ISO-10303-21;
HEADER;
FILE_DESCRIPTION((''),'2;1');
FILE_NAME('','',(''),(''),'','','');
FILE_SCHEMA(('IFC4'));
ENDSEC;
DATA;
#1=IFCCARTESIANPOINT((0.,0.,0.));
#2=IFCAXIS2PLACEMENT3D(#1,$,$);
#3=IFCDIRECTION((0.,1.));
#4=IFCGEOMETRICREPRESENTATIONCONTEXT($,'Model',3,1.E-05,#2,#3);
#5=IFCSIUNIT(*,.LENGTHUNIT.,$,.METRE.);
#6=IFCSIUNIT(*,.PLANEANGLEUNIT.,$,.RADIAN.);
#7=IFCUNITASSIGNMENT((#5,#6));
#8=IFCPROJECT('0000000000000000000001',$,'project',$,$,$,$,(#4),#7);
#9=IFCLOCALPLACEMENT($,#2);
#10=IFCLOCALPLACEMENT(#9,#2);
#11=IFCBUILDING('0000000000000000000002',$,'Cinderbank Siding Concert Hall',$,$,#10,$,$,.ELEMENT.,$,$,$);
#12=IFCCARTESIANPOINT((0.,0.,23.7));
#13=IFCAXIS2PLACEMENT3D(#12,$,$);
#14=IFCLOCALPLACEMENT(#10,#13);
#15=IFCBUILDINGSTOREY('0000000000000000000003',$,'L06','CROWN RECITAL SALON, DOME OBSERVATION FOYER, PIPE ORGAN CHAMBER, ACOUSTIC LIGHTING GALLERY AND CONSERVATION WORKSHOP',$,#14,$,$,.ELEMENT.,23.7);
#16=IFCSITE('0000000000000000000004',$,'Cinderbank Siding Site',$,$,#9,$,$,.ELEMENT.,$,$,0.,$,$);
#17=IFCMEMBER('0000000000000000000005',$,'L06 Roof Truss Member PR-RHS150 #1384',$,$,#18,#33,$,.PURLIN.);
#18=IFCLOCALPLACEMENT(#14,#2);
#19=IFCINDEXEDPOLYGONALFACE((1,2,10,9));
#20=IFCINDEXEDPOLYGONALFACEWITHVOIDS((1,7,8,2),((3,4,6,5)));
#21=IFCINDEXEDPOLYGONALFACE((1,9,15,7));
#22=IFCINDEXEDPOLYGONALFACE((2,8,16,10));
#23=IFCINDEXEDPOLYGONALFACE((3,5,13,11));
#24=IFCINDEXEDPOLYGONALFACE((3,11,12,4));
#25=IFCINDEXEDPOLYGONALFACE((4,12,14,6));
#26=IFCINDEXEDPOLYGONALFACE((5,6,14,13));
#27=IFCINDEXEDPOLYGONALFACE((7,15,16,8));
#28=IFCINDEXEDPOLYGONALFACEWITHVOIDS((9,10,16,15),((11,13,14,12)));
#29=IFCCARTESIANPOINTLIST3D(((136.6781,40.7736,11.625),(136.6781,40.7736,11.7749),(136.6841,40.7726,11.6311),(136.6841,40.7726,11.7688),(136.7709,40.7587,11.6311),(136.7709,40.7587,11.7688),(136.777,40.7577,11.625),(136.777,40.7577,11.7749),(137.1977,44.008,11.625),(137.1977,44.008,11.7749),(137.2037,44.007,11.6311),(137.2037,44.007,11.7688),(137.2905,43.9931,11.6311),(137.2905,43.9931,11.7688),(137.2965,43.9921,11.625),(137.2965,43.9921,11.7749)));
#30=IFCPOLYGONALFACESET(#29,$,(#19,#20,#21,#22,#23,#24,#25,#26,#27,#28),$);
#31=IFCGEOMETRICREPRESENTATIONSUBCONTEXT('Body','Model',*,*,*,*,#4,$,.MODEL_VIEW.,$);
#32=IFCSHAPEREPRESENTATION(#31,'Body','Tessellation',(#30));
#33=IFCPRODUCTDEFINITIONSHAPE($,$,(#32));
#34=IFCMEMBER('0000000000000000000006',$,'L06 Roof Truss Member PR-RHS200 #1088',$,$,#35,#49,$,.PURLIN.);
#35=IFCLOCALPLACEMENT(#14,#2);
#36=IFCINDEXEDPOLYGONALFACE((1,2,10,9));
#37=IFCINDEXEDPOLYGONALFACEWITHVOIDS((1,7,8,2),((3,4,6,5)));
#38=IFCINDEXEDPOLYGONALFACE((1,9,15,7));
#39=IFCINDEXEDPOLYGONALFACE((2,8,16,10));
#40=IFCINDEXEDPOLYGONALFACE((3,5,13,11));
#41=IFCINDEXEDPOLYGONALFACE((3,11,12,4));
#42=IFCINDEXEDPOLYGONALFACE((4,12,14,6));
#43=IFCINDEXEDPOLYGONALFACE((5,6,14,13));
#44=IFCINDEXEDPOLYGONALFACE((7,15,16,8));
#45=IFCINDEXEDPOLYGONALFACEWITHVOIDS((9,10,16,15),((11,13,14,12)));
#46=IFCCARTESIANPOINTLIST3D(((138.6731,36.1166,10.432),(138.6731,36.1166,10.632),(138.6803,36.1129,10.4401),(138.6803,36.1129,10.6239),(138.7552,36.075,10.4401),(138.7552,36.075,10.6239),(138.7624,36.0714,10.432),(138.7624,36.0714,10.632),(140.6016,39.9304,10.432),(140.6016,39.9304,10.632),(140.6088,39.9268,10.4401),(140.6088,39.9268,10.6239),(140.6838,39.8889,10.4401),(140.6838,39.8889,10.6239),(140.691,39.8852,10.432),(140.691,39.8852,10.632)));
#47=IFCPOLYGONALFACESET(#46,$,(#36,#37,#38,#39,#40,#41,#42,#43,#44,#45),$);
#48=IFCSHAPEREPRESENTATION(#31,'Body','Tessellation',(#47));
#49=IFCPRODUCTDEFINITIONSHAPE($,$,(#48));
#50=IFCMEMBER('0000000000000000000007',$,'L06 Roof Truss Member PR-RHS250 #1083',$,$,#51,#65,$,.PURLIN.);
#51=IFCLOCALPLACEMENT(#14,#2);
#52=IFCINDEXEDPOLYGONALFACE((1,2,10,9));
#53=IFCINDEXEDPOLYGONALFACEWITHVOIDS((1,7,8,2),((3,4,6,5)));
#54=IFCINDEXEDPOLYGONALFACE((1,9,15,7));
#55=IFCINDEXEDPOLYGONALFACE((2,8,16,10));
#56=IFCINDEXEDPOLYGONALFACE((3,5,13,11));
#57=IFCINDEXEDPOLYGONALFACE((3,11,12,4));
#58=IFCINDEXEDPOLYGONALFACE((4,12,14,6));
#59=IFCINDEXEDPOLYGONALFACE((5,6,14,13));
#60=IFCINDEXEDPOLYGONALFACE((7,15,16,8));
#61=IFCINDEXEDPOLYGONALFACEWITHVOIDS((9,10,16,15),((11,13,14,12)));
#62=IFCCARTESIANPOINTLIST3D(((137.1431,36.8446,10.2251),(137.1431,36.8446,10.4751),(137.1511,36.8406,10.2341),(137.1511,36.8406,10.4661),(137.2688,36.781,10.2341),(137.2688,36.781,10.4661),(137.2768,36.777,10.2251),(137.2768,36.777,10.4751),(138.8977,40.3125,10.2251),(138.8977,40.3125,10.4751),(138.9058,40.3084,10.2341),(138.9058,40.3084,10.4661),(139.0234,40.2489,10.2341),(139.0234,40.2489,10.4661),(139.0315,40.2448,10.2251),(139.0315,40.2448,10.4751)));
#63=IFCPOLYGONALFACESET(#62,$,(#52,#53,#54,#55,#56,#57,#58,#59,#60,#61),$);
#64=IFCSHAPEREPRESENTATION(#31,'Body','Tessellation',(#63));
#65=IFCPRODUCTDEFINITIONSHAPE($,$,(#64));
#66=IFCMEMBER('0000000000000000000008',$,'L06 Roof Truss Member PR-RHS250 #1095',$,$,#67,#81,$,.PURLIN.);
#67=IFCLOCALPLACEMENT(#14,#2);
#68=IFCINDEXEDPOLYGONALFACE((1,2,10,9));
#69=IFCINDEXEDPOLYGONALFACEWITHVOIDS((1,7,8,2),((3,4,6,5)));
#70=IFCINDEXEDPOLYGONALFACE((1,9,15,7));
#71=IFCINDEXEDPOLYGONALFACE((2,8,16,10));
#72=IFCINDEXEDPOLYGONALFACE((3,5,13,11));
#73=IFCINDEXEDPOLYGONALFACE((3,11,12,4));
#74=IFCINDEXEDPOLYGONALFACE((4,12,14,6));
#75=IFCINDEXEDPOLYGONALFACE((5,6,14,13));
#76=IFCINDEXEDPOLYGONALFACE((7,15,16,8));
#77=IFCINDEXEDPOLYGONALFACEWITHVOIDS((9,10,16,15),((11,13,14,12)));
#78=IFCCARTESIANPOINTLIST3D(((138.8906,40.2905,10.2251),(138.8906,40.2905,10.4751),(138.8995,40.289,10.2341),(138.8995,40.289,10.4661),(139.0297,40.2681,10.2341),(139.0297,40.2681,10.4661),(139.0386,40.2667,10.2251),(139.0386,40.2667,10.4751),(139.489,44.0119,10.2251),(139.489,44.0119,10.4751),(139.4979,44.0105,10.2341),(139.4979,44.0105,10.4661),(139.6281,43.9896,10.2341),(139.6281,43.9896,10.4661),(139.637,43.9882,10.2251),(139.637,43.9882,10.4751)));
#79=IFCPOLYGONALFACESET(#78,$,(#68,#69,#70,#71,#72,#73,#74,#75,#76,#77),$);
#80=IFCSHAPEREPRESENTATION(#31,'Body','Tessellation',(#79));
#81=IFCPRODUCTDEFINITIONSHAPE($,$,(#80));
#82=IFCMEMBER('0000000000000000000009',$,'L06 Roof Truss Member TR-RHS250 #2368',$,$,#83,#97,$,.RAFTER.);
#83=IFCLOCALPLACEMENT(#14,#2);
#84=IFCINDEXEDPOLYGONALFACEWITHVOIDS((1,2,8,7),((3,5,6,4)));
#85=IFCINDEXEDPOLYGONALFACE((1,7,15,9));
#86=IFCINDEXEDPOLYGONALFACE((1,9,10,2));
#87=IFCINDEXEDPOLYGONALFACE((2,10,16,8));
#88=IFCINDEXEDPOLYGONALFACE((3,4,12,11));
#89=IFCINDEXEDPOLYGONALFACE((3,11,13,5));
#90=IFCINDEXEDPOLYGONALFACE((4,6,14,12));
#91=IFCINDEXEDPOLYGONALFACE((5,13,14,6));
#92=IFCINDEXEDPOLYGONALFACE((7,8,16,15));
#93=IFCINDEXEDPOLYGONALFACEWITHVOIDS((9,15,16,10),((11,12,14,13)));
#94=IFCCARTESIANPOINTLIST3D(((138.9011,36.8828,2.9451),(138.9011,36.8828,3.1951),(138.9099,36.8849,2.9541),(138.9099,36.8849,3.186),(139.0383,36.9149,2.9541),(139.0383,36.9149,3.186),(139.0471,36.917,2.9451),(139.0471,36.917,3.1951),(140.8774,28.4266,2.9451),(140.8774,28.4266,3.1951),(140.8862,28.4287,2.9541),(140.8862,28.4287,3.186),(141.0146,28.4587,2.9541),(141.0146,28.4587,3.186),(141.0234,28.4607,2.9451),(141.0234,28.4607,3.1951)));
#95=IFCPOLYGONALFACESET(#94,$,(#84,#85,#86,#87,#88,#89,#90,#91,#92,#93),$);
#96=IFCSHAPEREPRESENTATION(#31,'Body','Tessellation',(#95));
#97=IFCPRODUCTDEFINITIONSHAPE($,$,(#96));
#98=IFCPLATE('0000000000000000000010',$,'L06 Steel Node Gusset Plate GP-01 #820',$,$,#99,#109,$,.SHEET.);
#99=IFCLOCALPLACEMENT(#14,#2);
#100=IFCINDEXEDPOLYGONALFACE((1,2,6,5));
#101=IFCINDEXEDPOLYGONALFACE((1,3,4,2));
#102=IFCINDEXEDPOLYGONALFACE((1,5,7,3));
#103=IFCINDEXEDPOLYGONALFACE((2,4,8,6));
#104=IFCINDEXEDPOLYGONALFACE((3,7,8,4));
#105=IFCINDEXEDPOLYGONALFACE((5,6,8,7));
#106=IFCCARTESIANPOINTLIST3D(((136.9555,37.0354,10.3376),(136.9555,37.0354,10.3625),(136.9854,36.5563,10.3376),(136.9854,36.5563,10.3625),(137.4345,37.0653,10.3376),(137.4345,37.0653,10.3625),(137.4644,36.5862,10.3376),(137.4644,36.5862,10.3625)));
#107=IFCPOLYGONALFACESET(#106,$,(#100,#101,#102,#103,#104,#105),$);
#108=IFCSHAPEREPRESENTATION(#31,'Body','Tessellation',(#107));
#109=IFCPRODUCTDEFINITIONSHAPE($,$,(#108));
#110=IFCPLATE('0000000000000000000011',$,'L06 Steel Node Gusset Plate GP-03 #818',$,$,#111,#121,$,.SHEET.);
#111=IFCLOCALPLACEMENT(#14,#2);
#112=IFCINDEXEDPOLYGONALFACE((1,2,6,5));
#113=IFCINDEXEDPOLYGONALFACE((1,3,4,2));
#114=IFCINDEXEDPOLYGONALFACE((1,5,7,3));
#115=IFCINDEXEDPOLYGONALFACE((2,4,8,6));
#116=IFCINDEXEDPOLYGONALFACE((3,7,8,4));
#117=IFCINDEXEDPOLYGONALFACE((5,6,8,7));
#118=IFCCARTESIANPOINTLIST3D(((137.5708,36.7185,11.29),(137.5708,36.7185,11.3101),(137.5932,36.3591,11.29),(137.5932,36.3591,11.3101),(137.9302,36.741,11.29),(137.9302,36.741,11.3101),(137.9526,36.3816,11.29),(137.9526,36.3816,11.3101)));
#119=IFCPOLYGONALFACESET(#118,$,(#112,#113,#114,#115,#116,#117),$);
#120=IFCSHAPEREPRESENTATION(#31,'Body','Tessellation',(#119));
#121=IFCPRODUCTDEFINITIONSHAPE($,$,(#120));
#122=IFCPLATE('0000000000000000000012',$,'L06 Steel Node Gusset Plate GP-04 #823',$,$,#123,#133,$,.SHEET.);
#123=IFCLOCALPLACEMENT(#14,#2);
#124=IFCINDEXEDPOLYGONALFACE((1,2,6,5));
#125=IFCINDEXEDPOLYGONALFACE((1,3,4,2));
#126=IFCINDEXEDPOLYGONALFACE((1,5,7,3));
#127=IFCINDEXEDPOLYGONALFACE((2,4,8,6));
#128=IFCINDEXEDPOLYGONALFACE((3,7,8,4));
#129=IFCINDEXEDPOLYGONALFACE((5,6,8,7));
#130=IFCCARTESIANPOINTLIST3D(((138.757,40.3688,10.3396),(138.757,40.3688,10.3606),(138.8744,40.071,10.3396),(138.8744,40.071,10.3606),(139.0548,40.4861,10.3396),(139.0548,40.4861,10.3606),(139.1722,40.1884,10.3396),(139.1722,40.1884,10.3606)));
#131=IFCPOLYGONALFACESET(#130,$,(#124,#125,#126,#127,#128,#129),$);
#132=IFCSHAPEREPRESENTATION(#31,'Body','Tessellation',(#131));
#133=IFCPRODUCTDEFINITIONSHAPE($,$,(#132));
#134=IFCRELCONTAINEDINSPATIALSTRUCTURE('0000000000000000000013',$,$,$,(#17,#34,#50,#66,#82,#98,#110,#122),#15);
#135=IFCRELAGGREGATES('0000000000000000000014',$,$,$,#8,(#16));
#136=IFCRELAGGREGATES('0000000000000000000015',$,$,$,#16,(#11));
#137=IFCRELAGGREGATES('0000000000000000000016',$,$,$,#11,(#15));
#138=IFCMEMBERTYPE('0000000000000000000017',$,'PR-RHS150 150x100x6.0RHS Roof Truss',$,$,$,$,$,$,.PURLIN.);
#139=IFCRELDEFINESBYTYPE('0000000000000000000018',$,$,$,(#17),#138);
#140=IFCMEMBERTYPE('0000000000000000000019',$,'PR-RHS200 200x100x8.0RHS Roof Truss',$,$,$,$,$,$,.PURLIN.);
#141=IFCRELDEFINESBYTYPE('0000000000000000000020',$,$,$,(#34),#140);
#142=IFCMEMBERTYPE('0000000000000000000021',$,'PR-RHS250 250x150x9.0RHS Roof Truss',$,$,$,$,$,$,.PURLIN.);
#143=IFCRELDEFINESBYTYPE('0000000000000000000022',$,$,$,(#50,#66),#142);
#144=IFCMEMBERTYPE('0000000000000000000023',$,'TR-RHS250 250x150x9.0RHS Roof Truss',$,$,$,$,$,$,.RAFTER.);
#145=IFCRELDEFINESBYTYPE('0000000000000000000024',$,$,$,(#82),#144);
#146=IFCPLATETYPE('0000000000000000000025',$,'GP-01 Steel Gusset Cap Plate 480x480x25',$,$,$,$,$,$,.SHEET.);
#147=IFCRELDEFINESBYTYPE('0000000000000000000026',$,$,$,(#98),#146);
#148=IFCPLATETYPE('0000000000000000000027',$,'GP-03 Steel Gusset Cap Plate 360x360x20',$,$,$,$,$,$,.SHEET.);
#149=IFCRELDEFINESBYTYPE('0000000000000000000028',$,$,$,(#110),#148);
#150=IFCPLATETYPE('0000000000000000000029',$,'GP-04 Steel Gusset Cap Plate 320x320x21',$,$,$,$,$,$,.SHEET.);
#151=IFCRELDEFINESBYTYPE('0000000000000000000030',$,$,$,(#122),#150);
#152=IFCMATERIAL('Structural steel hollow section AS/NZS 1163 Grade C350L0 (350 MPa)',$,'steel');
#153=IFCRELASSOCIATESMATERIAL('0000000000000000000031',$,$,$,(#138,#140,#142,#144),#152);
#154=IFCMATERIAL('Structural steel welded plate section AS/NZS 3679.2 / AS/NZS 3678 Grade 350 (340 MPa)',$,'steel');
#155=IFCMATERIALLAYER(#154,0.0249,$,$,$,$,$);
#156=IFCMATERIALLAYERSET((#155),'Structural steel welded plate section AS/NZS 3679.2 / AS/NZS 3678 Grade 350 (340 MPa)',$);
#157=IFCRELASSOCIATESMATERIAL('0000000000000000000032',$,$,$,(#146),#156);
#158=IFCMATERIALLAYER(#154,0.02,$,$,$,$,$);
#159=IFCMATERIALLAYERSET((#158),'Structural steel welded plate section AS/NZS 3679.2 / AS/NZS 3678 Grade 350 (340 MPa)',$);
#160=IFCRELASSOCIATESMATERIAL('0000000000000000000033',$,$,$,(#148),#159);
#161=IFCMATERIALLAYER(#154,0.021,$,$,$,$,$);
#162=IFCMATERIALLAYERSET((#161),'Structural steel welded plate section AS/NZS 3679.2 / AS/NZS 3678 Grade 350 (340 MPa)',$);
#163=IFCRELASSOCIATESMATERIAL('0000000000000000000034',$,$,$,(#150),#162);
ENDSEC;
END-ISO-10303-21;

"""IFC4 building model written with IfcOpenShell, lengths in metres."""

from ifc_helpers import new_model, si_unit, direction, frame, origin, origin_2d, place, context, subcontext, project, spatial, rectangle, hollow_rectangle, extrude, material, layer, layer_set, material_profile, profile_set, type_object, element, save


model = new_model("IFC4")

# Units and contexts
model_context = context("Model", 3, precision=1e-05, world=origin(), true_north=direction((0.0, 1.0)))
body_context = subcontext(model_context, "Body", "Model", "MODEL_VIEW")
ifc_project = project(units=[si_unit("LENGTHUNIT", "METRE"), si_unit("PLANEANGLEUNIT", "RADIAN")], contexts=[model_context])

# Site, building, storey
site_placement = place(None, origin())
site = spatial("IfcSite", under=ifc_project, at=site_placement, Name="Cinderbank Siding Site", CompositionType="ELEMENT", RefElevation=0.0)
building_placement = place(site_placement, origin())
building = spatial("IfcBuilding", under=site, at=building_placement, Name="Cinderbank Siding Concert Hall", CompositionType="ELEMENT")
storey_placement = place(building_placement, frame((0.0, 0.0, 23.7)))
storey = spatial("IfcBuildingStorey", under=building, at=storey_placement, Name="L06", Description="CROWN RECITAL SALON, DOME OBSERVATION FOYER, PIPE ORGAN CHAMBER, ACOUSTIC LIGHTING GALLERY AND CONSERVATION WORKSHOP", CompositionType="ELEMENT", Elevation=23.7)

# Members
ifc_material_1 = material(Name="Structural steel hollow section AS/NZS 1163 Grade C350L0 (350 MPa)", Category="steel")
ifc_material_profile_1 = material_profile(ifc_material_1, hollow_rectangle(XDim=0.1001, YDim=0.1499, WallThickness=0.0061, at=origin_2d()), Name="150x100x6.0RHS", Category="LoadBearing")
ifc_profile_set_1 = profile_set([ifc_material_profile_1], Name="Structural steel hollow section AS/NZS 1163 Grade C350L0 (350 MPa)")
member_type_1 = type_object("IfcMemberType", Name="PR-RHS150 150x100x6.0RHS Roof Truss", PredefinedType="PURLIN", material=ifc_profile_set_1)
member_1_placement = place(storey_placement, frame((136.7275, 40.7656, 11.7), z_axis=(0.158595, 0.987344, 0.0), x_axis=(-0.987344, 0.158595, 0.0)))
element("IfcMember", 1, at=member_1_placement, inside=storey, type_object=member_type_1, Name="L06 Roof Truss Member PR-RHS150 #1384", PredefinedType="PURLIN", context=body_context, shape_type="SweptSolid", body=[
    extrude(hollow_rectangle(XDim=0.1001, YDim=0.1499, WallThickness=0.0061, at=origin_2d()), origin(), (0.0, 0.0, 1.0), 3.2759),
])
ifc_material_profile_2 = material_profile(ifc_material_1, hollow_rectangle(XDim=0.1001, YDim=0.2, WallThickness=0.0081, at=origin_2d()), Name="200x100x8.0RHS", Category="LoadBearing")
ifc_profile_set_2 = profile_set([ifc_material_profile_2], Name="Structural steel hollow section AS/NZS 1163 Grade C350L0 (350 MPa)")
member_type_2 = type_object("IfcMemberType", Name="PR-RHS200 200x100x8.0RHS Roof Truss", PredefinedType="PURLIN", material=ifc_profile_set_2)
member_2_placement = place(storey_placement, frame((138.7178, 36.094, 10.532), z_axis=(0.451254, 0.892396, 0.0), x_axis=(-0.892396, 0.451254, 0.0)))
element("IfcMember", 2, at=member_2_placement, inside=storey, type_object=member_type_2, Name="L06 Roof Truss Member PR-RHS200 #1088", PredefinedType="PURLIN", context=body_context, shape_type="SweptSolid", body=[
    extrude(hollow_rectangle(XDim=0.1001, YDim=0.2, WallThickness=0.0081, at=origin_2d()), origin(), (0.0, 0.0, 1.0), 4.2737),
])
ifc_material_profile_3 = material_profile(ifc_material_1, hollow_rectangle(XDim=0.1499, YDim=0.25, WallThickness=0.009, at=origin_2d()), Name="250x150x9.0RHS", Category="LoadBearing")
ifc_profile_set_3 = profile_set([ifc_material_profile_3], Name="Structural steel hollow section AS/NZS 1163 Grade C350L0 (350 MPa)")
member_type_3 = type_object("IfcMemberType", Name="PR-RHS250 250x150x9.0RHS Roof Truss", PredefinedType="PURLIN", material=ifc_profile_set_3)
member_3_placement = place(storey_placement, frame((137.21, 36.8108, 10.3501), z_axis=(0.45148, 0.892281, 0.0), x_axis=(-0.892281, 0.45148, 0.0)))
element("IfcMember", 3, at=member_3_placement, inside=storey, type_object=member_type_3, Name="L06 Roof Truss Member PR-RHS250 #1083", PredefinedType="PURLIN", context=body_context, shape_type="SweptSolid", body=[
    extrude(hollow_rectangle(XDim=0.1499, YDim=0.25, WallThickness=0.009, at=origin_2d()), origin(), (0.0, 0.0, 1.0), 3.8865),
])
member_4_placement = place(storey_placement, frame((138.9646, 40.2786, 10.3501), z_axis=(0.158756, 0.987318, 0.0), x_axis=(-0.987318, 0.158756, 0.0)))
element("IfcMember", 4, at=member_4_placement, inside=storey, type_object=member_type_3, Name="L06 Roof Truss Member PR-RHS250 #1095", PredefinedType="PURLIN", context=body_context, shape_type="SweptSolid", body=[
    extrude(hollow_rectangle(XDim=0.1499, YDim=0.25, WallThickness=0.009, at=origin_2d()), origin(), (0.0, 0.0, 1.0), 3.7693),
])
ifc_material_profile_4 = material_profile(ifc_material_1, hollow_rectangle(XDim=0.1499, YDim=0.25, WallThickness=0.009, at=origin_2d()), Name="250x150x9.0RHS", Category="LoadBearing")
ifc_profile_set_4 = profile_set([ifc_material_profile_4], Name="Structural steel hollow section AS/NZS 1163 Grade C350L0 (350 MPa)")
member_type_4 = type_object("IfcMemberType", Name="TR-RHS250 250x150x9.0RHS Roof Truss", PredefinedType="RAFTER", material=ifc_profile_set_4)
member_5_placement = place(storey_placement, frame((138.9741, 36.8999, 3.0701), z_axis=(0.227577, -0.97376, 0.0), x_axis=(0.97376, 0.227577, 0.0)))
element("IfcMember", 5, at=member_5_placement, inside=storey, type_object=member_type_4, Name="L06 Roof Truss Member TR-RHS250 #2368", PredefinedType="RAFTER", context=body_context, shape_type="SweptSolid", body=[
    extrude(hollow_rectangle(XDim=0.1499, YDim=0.25, WallThickness=0.009, at=origin_2d()), origin(), (0.0, 0.0, 1.0), 8.6841),
])

# Plates
ifc_material_2 = material(Name="Structural steel welded plate section AS/NZS 3679.2 / AS/NZS 3678 Grade 350 (340 MPa)", Category="steel")
ifc_layer_1 = layer(ifc_material_2, 0.0249)
ifc_layer_set_1 = layer_set([ifc_layer_1], Name="Structural steel welded plate section AS/NZS 3679.2 / AS/NZS 3678 Grade 350 (340 MPa)")
plate_type_1 = type_object("IfcPlateType", Name="GP-01 Steel Gusset Cap Plate 480x480x25", PredefinedType="SHEET", material=ifc_layer_set_1)
plate_1_placement = place(storey_placement, frame((137.21, 36.8108, 10.3376), z_axis=(0.0, 0.0, 1.0), x_axis=(-0.062268, 0.998059, 0.0)))
element("IfcPlate", 6, at=plate_1_placement, inside=storey, type_object=plate_type_1, Name="L06 Steel Node Gusset Plate GP-01 #820", PredefinedType="SHEET", context=body_context, shape_type="SweptSolid", body=[
    extrude(rectangle(XDim=0.48, YDim=0.48, at=origin_2d()), origin(), (0.0, 0.0, 1.0), 0.0249),
])
ifc_layer_2 = layer(ifc_material_2, 0.02)
ifc_layer_set_2 = layer_set([ifc_layer_2], Name="Structural steel welded plate section AS/NZS 3679.2 / AS/NZS 3678 Grade 350 (340 MPa)")
plate_type_2 = type_object("IfcPlateType", Name="GP-03 Steel Gusset Cap Plate 360x360x20", PredefinedType="SHEET", material=ifc_layer_set_2)
plate_2_placement = place(storey_placement, frame((137.7617, 36.55, 11.29), z_axis=(0.0, 0.0, 1.0), x_axis=(-0.062268, 0.998059, 0.0)))
element("IfcPlate", 7, at=plate_2_placement, inside=storey, type_object=plate_type_2, Name="L06 Steel Node Gusset Plate GP-03 #818", PredefinedType="SHEET", context=body_context, shape_type="SweptSolid", body=[
    extrude(rectangle(XDim=0.3601, YDim=0.3601, at=origin_2d()), origin(), (0.0, 0.0, 1.0), 0.02),
])
ifc_layer_3 = layer(ifc_material_2, 0.021)
ifc_layer_set_3 = layer_set([ifc_layer_3], Name="Structural steel welded plate section AS/NZS 3679.2 / AS/NZS 3678 Grade 350 (340 MPa)")
plate_type_3 = type_object("IfcPlateType", Name="GP-04 Steel Gusset Cap Plate 320x320x21", PredefinedType="SHEET", material=ifc_layer_set_3)
plate_3_placement = place(storey_placement, frame((138.9646, 40.2786, 10.3396), z_axis=(0.0, 0.0, 1.0), x_axis=(-0.366664, 0.930354, 0.0)))
element("IfcPlate", 8, at=plate_3_placement, inside=storey, type_object=plate_type_3, Name="L06 Steel Node Gusset Plate GP-04 #823", PredefinedType="SHEET", context=body_context, shape_type="SweptSolid", body=[
    extrude(rectangle(XDim=0.3201, YDim=0.3201, at=origin_2d()), origin(), (0.0, 0.0, 1.0), 0.021),
])

save(model, "model.ifc")
